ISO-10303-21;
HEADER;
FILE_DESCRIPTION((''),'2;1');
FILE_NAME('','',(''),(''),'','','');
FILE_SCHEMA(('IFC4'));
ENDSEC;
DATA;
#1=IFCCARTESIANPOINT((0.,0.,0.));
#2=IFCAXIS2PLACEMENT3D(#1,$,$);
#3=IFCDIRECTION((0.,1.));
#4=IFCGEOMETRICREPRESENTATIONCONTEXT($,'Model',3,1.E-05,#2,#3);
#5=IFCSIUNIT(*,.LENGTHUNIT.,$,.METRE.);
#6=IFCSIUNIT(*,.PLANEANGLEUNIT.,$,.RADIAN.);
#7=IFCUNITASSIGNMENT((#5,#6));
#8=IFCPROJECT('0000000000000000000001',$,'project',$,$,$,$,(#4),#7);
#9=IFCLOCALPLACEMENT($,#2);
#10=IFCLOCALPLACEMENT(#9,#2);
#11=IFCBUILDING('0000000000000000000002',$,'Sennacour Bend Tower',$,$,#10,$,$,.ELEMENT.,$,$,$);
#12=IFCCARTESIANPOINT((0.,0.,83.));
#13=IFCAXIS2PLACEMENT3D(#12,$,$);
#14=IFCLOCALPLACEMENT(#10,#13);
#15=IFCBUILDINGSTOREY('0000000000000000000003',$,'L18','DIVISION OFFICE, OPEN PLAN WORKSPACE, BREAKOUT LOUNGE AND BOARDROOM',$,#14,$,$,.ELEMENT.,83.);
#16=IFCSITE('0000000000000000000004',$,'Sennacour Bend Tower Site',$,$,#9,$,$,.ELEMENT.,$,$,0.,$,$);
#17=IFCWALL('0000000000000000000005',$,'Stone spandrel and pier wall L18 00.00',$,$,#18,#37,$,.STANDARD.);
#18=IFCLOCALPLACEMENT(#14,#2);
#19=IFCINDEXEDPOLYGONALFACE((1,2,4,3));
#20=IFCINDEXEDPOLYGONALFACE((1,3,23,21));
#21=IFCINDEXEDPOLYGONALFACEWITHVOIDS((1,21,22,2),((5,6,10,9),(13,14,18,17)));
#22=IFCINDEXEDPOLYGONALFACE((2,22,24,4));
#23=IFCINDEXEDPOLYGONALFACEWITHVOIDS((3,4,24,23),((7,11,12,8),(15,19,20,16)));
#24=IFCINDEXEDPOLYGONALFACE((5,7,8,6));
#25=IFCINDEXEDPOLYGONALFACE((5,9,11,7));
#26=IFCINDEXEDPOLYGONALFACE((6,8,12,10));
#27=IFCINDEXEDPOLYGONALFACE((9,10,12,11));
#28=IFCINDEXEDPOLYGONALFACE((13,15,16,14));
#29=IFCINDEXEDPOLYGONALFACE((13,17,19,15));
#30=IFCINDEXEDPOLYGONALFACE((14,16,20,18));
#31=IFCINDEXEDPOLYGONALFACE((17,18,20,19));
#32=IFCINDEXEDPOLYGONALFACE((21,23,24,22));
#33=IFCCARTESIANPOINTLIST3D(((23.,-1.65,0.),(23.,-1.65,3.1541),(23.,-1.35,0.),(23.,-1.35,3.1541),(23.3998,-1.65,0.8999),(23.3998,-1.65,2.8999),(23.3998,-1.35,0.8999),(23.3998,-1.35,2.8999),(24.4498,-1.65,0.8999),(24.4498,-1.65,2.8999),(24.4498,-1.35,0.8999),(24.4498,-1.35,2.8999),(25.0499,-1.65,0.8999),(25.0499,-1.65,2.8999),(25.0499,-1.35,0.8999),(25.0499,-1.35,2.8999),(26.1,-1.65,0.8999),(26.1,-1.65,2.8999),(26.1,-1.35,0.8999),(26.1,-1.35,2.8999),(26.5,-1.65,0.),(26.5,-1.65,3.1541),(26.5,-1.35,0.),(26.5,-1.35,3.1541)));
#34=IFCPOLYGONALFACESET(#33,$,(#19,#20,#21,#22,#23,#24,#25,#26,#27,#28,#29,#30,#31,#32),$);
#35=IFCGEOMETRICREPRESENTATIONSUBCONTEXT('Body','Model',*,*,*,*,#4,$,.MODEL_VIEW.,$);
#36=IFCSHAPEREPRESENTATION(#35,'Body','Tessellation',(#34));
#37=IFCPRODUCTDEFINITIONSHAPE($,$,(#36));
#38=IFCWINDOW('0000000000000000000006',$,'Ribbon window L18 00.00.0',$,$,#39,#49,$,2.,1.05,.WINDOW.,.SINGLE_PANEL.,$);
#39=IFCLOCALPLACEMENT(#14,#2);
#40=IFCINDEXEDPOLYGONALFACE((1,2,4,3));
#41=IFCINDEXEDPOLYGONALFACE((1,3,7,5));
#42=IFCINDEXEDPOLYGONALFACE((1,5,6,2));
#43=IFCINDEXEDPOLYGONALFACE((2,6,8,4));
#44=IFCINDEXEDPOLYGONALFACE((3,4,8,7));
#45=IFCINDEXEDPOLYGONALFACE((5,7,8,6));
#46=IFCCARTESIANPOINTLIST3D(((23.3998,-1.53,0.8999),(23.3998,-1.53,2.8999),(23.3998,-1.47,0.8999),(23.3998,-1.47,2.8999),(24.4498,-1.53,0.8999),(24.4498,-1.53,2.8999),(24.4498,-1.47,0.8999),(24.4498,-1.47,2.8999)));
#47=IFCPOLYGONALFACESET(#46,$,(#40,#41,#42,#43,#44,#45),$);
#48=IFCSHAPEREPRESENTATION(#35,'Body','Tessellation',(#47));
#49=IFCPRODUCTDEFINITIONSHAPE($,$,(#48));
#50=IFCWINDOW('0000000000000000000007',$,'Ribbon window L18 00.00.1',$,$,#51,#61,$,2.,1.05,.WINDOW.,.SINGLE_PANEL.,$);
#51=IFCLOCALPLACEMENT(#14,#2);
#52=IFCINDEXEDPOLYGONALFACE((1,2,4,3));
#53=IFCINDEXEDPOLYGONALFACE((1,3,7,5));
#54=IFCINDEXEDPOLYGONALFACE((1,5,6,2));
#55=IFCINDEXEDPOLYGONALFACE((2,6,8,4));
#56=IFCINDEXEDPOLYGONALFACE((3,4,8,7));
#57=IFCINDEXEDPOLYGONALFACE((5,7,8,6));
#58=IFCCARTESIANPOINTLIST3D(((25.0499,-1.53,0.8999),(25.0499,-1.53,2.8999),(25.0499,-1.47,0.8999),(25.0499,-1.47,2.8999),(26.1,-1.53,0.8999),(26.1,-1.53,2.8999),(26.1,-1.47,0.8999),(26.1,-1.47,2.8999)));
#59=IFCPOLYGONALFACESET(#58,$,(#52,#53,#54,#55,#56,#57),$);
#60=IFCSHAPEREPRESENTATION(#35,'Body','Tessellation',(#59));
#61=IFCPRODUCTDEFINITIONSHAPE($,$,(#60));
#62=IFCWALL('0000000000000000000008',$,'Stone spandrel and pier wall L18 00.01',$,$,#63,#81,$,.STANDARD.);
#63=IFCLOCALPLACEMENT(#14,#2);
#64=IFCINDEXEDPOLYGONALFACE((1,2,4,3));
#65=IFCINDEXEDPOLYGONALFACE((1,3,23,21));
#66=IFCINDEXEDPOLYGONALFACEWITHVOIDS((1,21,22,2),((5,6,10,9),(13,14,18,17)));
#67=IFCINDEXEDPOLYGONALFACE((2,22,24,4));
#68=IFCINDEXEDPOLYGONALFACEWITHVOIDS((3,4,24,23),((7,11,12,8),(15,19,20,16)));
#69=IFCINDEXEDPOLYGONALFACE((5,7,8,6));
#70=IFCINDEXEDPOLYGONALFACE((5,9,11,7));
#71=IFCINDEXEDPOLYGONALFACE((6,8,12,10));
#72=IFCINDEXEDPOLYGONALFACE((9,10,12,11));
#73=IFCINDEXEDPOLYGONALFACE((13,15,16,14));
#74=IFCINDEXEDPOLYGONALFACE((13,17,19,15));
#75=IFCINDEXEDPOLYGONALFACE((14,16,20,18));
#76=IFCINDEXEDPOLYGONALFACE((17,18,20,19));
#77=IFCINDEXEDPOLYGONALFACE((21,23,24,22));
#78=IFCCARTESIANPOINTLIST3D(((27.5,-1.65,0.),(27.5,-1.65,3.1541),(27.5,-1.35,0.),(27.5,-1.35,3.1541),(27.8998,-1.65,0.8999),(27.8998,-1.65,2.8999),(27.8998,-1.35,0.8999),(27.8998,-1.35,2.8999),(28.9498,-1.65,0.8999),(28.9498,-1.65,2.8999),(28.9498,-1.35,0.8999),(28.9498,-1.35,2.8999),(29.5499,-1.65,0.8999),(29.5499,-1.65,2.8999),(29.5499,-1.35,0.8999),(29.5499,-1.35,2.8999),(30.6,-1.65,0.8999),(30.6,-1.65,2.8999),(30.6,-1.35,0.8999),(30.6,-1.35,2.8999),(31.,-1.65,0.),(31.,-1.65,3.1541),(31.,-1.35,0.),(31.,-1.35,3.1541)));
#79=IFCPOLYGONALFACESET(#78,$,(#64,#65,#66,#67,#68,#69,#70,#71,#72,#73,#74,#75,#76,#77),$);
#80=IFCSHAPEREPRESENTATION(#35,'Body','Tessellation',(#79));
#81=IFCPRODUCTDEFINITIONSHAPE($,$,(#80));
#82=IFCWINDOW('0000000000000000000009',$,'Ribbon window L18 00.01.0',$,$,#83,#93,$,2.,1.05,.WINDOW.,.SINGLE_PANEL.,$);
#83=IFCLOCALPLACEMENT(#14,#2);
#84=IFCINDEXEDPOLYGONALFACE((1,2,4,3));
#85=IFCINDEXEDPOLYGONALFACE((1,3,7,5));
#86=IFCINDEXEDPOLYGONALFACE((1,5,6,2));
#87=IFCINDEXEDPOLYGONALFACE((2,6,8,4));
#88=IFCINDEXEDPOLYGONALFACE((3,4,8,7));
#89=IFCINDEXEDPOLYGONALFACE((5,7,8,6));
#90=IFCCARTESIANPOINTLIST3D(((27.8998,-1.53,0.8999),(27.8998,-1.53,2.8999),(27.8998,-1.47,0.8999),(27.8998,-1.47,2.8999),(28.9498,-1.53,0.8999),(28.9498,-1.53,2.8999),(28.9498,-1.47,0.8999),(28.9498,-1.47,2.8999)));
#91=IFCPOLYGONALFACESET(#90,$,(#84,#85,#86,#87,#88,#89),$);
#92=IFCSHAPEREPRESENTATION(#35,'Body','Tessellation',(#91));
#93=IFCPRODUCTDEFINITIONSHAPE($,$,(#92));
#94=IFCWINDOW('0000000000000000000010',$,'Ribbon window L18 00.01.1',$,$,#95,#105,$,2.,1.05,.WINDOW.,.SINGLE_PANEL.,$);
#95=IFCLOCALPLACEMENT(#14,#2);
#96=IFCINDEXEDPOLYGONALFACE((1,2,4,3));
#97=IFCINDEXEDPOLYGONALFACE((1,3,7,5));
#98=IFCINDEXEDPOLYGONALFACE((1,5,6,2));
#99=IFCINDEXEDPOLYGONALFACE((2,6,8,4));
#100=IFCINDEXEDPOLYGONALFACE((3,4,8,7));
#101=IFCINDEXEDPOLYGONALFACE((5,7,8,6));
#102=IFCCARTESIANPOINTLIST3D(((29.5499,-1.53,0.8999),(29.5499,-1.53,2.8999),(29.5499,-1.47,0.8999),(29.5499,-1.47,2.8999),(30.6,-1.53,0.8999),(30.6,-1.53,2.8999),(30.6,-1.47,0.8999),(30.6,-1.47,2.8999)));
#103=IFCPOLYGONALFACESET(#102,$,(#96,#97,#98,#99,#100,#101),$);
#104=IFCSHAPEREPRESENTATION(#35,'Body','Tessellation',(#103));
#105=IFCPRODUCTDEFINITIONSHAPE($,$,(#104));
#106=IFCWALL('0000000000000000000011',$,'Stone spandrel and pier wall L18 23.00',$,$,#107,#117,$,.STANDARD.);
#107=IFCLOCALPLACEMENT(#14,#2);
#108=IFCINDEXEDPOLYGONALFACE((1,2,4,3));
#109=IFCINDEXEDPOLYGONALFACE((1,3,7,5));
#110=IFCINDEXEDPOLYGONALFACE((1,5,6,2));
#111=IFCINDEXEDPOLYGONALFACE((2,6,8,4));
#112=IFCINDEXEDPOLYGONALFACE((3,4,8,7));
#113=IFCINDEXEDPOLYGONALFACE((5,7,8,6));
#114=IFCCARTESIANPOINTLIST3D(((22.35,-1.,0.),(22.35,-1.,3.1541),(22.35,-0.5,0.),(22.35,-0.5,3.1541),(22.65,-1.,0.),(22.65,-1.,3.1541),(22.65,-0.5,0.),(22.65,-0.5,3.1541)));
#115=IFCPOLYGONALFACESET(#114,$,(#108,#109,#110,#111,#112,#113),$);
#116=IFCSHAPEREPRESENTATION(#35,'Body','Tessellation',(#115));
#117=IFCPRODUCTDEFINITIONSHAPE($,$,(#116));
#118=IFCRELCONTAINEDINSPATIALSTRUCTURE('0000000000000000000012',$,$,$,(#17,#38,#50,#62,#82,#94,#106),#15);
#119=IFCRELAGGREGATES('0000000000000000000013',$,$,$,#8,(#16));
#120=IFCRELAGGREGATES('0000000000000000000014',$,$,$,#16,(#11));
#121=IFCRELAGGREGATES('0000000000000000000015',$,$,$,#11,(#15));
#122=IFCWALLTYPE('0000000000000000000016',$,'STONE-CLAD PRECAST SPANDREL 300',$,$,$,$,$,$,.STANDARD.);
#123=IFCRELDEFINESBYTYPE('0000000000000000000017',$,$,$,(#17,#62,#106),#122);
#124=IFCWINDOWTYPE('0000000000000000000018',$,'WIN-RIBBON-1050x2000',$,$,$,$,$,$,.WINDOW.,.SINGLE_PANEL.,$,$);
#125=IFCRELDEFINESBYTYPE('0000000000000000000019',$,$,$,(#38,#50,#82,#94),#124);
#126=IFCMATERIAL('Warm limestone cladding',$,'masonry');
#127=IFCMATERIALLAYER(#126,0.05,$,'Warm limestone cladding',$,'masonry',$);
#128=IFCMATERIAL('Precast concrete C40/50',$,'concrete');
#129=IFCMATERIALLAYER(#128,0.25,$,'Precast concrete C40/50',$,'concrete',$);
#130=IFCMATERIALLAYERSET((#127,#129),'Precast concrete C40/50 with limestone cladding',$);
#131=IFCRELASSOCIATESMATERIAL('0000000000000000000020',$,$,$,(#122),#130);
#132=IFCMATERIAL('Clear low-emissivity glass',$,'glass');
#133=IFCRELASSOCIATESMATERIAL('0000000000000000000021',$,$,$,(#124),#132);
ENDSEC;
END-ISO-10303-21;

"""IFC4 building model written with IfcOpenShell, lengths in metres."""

from ifc_helpers import new_model, si_unit, direction, frame, frame_2d, origin, place, context, subcontext, project, spatial, rectangle, extrude, material, layer, layer_set, type_object, element, fill, save


model = new_model("IFC4")

# Units and contexts
model_context = context("Model", 3, precision=1e-05, world=origin(), true_north=direction((0.0, 1.0)))
body_context = subcontext(model_context, "Body", "Model", "MODEL_VIEW")
ifc_project = project(units=[si_unit("LENGTHUNIT", "METRE"), si_unit("PLANEANGLEUNIT", "RADIAN")], contexts=[model_context])

# Site, building, storey
site_placement = place(None, origin())
site = spatial("IfcSite", under=ifc_project, at=site_placement, Name="Sennacour Bend Tower Site", CompositionType="ELEMENT", RefElevation=0.0)
building_placement = place(site_placement, origin())
building = spatial("IfcBuilding", under=site, at=building_placement, Name="Sennacour Bend Tower", CompositionType="ELEMENT")
storey_placement = place(building_placement, frame((0.0, 0.0, 83.0)))
storey = spatial("IfcBuildingStorey", under=building, at=storey_placement, Name="L18", Description="DIVISION OFFICE, OPEN PLAN WORKSPACE, BREAKOUT LOUNGE AND BOARDROOM", CompositionType="ELEMENT", Elevation=83.0)

# Walls, openings, windows
ifc_material_1 = material(Name="Warm limestone cladding", Category="masonry")
ifc_layer_1 = layer(ifc_material_1, 0.05, Name="Warm limestone cladding", Category="masonry")
ifc_material_2 = material(Name="Precast concrete C40/50", Category="concrete")
ifc_layer_2 = layer(ifc_material_2, 0.25, Name="Precast concrete C40/50", Category="concrete")
ifc_layer_set_1 = layer_set([ifc_layer_1, ifc_layer_2], Name="Precast concrete C40/50 with limestone cladding")
wall_type_1 = type_object("IfcWallType", Name="STONE-CLAD PRECAST SPANDREL 300", PredefinedType="STANDARD", material=ifc_layer_set_1)
wall_1_placement = place(storey_placement, frame((23.0, -1.5, 0.0), z_axis=(0.0, 0.0, 1.0), x_axis=(1.0, 0.0, 0.0)))
wall_1 = element("IfcWall", 1, at=wall_1_placement, inside=storey, type_object=wall_type_1, Name="Stone spandrel and pier wall L18 00.00", PredefinedType="STANDARD", context=body_context, shape_type="SweptSolid", body=[
    extrude(rectangle(XDim=3.5, YDim=0.3, at=frame_2d((1.75, 0.0))), origin(), (0.0, 0.0, 1.0), 3.1541),
])
opening_1_placement = place(wall_1_placement, frame((0.3999, 0.0, 0.8999)))
opening_1 = element("IfcOpeningElement", 2, at=opening_1_placement, cuts=wall_1, PredefinedType="OPENING", context=body_context, shape_type="SweptSolid", body=[
    extrude(rectangle(XDim=1.05, YDim=2.0, at=frame_2d((0.5249, 1.0))), frame((0.0, 0.1602, 0.0), z_axis=(0.0, -1.0, 0.0), x_axis=(1.0, 0.0, 0.0)), (0.0, 0.0, 1.0), 0.3201),
])
opening_2_placement = place(wall_1_placement, frame((2.05, 0.0, 0.8999)))
opening_2 = element("IfcOpeningElement", 3, at=opening_2_placement, cuts=wall_1, PredefinedType="OPENING", context=body_context, shape_type="SweptSolid", body=[
    extrude(rectangle(XDim=1.05, YDim=2.0, at=frame_2d((0.5249, 1.0))), frame((0.0, 0.1602, 0.0), z_axis=(0.0, -1.0, 0.0), x_axis=(1.0, 0.0, 0.0)), (0.0, 0.0, 1.0), 0.3201),
])
ifc_material_3 = material(Name="Clear low-emissivity glass", Category="glass")
window_type = type_object("IfcWindowType", Name="WIN-RIBBON-1050x2000", PartitioningType="SINGLE_PANEL", PredefinedType="WINDOW", material=ifc_material_3)
window_1_placement = place(opening_1_placement, origin())
window_1 = element("IfcWindow", 4, at=window_1_placement, inside=storey, type_object=window_type, Name="Ribbon window L18 00.00.0", OverallHeight=2.0, OverallWidth=1.05, PartitioningType="SINGLE_PANEL", PredefinedType="WINDOW", context=body_context, shape_type="SweptSolid", body=[
    extrude(rectangle(XDim=1.05, YDim=2.0, at=frame_2d((0.5249, 1.0))), frame((0.0, 0.03, 0.0), z_axis=(0.0, -1.0, 0.0), x_axis=(1.0, 0.0, 0.0)), (0.0, 0.0, 1.0), 0.0601),
])
fill(opening_1, window_1)
window_2_placement = place(opening_2_placement, origin())
window_2 = element("IfcWindow", 5, at=window_2_placement, inside=storey, type_object=window_type, Name="Ribbon window L18 00.00.1", OverallHeight=2.0, OverallWidth=1.05, PartitioningType="SINGLE_PANEL", PredefinedType="WINDOW", context=body_context, shape_type="SweptSolid", body=[
    extrude(rectangle(XDim=1.05, YDim=2.0, at=frame_2d((0.5249, 1.0))), frame((0.0, 0.03, 0.0), z_axis=(0.0, -1.0, 0.0), x_axis=(1.0, 0.0, 0.0)), (0.0, 0.0, 1.0), 0.0601),
])
fill(opening_2, window_2)
wall_2_placement = place(storey_placement, frame((27.5, -1.5, 0.0), z_axis=(0.0, 0.0, 1.0), x_axis=(1.0, 0.0, 0.0)))
wall_2 = element("IfcWall", 6, at=wall_2_placement, inside=storey, type_object=wall_type_1, Name="Stone spandrel and pier wall L18 00.01", PredefinedType="STANDARD", context=body_context, shape_type="SweptSolid", body=[
    extrude(rectangle(XDim=3.5, YDim=0.3, at=frame_2d((1.75, 0.0))), origin(), (0.0, 0.0, 1.0), 3.1541),
])
opening_3_placement = place(wall_2_placement, frame((0.3999, 0.0, 0.8999)))
opening_3 = element("IfcOpeningElement", 7, at=opening_3_placement, cuts=wall_2, PredefinedType="OPENING", context=body_context, shape_type="SweptSolid", body=[
    extrude(rectangle(XDim=1.05, YDim=2.0, at=frame_2d((0.5249, 1.0))), frame((0.0, 0.1602, 0.0), z_axis=(0.0, -1.0, 0.0), x_axis=(1.0, 0.0, 0.0)), (0.0, 0.0, 1.0), 0.3201),
])
opening_4_placement = place(wall_2_placement, frame((2.05, 0.0, 0.8999)))
opening_4 = element("IfcOpeningElement", 8, at=opening_4_placement, cuts=wall_2, PredefinedType="OPENING", context=body_context, shape_type="SweptSolid", body=[
    extrude(rectangle(XDim=1.05, YDim=2.0, at=frame_2d((0.5249, 1.0))), frame((0.0, 0.1602, 0.0), z_axis=(0.0, -1.0, 0.0), x_axis=(1.0, 0.0, 0.0)), (0.0, 0.0, 1.0), 0.3201),
])
window_3_placement = place(opening_3_placement, origin())
window_3 = element("IfcWindow", 9, at=window_3_placement, inside=storey, type_object=window_type, Name="Ribbon window L18 00.01.0", OverallHeight=2.0, OverallWidth=1.05, PartitioningType="SINGLE_PANEL", PredefinedType="WINDOW", context=body_context, shape_type="SweptSolid", body=[
    extrude(rectangle(XDim=1.05, YDim=2.0, at=frame_2d((0.5249, 1.0))), frame((0.0, 0.03, 0.0), z_axis=(0.0, -1.0, 0.0), x_axis=(1.0, 0.0, 0.0)), (0.0, 0.0, 1.0), 0.0601),
])
fill(opening_3, window_3)
window_4_placement = place(opening_4_placement, origin())
window_4 = element("IfcWindow", 10, at=window_4_placement, inside=storey, type_object=window_type, Name="Ribbon window L18 00.01.1", OverallHeight=2.0, OverallWidth=1.05, PartitioningType="SINGLE_PANEL", PredefinedType="WINDOW", context=body_context, shape_type="SweptSolid", body=[
    extrude(rectangle(XDim=1.05, YDim=2.0, at=frame_2d((0.5249, 1.0))), frame((0.0, 0.03, 0.0), z_axis=(0.0, -1.0, 0.0), x_axis=(1.0, 0.0, 0.0)), (0.0, 0.0, 1.0), 0.0601),
])
fill(opening_4, window_4)

# Wall
wall_3_placement = place(storey_placement, frame((22.5, -0.5, 0.0), z_axis=(0.0, 0.0, 1.0), x_axis=(0.0, -1.0, 0.0)))
element("IfcWall", 11, at=wall_3_placement, inside=storey, type_object=wall_type_1, Name="Stone spandrel and pier wall L18 23.00", PredefinedType="STANDARD", context=body_context, shape_type="SweptSolid", body=[
    extrude(rectangle(XDim=0.5, YDim=0.3, at=frame_2d((0.25, 0.0))), origin(), (0.0, 0.0, 1.0), 3.1541),
])

save(model, "model.ifc")
